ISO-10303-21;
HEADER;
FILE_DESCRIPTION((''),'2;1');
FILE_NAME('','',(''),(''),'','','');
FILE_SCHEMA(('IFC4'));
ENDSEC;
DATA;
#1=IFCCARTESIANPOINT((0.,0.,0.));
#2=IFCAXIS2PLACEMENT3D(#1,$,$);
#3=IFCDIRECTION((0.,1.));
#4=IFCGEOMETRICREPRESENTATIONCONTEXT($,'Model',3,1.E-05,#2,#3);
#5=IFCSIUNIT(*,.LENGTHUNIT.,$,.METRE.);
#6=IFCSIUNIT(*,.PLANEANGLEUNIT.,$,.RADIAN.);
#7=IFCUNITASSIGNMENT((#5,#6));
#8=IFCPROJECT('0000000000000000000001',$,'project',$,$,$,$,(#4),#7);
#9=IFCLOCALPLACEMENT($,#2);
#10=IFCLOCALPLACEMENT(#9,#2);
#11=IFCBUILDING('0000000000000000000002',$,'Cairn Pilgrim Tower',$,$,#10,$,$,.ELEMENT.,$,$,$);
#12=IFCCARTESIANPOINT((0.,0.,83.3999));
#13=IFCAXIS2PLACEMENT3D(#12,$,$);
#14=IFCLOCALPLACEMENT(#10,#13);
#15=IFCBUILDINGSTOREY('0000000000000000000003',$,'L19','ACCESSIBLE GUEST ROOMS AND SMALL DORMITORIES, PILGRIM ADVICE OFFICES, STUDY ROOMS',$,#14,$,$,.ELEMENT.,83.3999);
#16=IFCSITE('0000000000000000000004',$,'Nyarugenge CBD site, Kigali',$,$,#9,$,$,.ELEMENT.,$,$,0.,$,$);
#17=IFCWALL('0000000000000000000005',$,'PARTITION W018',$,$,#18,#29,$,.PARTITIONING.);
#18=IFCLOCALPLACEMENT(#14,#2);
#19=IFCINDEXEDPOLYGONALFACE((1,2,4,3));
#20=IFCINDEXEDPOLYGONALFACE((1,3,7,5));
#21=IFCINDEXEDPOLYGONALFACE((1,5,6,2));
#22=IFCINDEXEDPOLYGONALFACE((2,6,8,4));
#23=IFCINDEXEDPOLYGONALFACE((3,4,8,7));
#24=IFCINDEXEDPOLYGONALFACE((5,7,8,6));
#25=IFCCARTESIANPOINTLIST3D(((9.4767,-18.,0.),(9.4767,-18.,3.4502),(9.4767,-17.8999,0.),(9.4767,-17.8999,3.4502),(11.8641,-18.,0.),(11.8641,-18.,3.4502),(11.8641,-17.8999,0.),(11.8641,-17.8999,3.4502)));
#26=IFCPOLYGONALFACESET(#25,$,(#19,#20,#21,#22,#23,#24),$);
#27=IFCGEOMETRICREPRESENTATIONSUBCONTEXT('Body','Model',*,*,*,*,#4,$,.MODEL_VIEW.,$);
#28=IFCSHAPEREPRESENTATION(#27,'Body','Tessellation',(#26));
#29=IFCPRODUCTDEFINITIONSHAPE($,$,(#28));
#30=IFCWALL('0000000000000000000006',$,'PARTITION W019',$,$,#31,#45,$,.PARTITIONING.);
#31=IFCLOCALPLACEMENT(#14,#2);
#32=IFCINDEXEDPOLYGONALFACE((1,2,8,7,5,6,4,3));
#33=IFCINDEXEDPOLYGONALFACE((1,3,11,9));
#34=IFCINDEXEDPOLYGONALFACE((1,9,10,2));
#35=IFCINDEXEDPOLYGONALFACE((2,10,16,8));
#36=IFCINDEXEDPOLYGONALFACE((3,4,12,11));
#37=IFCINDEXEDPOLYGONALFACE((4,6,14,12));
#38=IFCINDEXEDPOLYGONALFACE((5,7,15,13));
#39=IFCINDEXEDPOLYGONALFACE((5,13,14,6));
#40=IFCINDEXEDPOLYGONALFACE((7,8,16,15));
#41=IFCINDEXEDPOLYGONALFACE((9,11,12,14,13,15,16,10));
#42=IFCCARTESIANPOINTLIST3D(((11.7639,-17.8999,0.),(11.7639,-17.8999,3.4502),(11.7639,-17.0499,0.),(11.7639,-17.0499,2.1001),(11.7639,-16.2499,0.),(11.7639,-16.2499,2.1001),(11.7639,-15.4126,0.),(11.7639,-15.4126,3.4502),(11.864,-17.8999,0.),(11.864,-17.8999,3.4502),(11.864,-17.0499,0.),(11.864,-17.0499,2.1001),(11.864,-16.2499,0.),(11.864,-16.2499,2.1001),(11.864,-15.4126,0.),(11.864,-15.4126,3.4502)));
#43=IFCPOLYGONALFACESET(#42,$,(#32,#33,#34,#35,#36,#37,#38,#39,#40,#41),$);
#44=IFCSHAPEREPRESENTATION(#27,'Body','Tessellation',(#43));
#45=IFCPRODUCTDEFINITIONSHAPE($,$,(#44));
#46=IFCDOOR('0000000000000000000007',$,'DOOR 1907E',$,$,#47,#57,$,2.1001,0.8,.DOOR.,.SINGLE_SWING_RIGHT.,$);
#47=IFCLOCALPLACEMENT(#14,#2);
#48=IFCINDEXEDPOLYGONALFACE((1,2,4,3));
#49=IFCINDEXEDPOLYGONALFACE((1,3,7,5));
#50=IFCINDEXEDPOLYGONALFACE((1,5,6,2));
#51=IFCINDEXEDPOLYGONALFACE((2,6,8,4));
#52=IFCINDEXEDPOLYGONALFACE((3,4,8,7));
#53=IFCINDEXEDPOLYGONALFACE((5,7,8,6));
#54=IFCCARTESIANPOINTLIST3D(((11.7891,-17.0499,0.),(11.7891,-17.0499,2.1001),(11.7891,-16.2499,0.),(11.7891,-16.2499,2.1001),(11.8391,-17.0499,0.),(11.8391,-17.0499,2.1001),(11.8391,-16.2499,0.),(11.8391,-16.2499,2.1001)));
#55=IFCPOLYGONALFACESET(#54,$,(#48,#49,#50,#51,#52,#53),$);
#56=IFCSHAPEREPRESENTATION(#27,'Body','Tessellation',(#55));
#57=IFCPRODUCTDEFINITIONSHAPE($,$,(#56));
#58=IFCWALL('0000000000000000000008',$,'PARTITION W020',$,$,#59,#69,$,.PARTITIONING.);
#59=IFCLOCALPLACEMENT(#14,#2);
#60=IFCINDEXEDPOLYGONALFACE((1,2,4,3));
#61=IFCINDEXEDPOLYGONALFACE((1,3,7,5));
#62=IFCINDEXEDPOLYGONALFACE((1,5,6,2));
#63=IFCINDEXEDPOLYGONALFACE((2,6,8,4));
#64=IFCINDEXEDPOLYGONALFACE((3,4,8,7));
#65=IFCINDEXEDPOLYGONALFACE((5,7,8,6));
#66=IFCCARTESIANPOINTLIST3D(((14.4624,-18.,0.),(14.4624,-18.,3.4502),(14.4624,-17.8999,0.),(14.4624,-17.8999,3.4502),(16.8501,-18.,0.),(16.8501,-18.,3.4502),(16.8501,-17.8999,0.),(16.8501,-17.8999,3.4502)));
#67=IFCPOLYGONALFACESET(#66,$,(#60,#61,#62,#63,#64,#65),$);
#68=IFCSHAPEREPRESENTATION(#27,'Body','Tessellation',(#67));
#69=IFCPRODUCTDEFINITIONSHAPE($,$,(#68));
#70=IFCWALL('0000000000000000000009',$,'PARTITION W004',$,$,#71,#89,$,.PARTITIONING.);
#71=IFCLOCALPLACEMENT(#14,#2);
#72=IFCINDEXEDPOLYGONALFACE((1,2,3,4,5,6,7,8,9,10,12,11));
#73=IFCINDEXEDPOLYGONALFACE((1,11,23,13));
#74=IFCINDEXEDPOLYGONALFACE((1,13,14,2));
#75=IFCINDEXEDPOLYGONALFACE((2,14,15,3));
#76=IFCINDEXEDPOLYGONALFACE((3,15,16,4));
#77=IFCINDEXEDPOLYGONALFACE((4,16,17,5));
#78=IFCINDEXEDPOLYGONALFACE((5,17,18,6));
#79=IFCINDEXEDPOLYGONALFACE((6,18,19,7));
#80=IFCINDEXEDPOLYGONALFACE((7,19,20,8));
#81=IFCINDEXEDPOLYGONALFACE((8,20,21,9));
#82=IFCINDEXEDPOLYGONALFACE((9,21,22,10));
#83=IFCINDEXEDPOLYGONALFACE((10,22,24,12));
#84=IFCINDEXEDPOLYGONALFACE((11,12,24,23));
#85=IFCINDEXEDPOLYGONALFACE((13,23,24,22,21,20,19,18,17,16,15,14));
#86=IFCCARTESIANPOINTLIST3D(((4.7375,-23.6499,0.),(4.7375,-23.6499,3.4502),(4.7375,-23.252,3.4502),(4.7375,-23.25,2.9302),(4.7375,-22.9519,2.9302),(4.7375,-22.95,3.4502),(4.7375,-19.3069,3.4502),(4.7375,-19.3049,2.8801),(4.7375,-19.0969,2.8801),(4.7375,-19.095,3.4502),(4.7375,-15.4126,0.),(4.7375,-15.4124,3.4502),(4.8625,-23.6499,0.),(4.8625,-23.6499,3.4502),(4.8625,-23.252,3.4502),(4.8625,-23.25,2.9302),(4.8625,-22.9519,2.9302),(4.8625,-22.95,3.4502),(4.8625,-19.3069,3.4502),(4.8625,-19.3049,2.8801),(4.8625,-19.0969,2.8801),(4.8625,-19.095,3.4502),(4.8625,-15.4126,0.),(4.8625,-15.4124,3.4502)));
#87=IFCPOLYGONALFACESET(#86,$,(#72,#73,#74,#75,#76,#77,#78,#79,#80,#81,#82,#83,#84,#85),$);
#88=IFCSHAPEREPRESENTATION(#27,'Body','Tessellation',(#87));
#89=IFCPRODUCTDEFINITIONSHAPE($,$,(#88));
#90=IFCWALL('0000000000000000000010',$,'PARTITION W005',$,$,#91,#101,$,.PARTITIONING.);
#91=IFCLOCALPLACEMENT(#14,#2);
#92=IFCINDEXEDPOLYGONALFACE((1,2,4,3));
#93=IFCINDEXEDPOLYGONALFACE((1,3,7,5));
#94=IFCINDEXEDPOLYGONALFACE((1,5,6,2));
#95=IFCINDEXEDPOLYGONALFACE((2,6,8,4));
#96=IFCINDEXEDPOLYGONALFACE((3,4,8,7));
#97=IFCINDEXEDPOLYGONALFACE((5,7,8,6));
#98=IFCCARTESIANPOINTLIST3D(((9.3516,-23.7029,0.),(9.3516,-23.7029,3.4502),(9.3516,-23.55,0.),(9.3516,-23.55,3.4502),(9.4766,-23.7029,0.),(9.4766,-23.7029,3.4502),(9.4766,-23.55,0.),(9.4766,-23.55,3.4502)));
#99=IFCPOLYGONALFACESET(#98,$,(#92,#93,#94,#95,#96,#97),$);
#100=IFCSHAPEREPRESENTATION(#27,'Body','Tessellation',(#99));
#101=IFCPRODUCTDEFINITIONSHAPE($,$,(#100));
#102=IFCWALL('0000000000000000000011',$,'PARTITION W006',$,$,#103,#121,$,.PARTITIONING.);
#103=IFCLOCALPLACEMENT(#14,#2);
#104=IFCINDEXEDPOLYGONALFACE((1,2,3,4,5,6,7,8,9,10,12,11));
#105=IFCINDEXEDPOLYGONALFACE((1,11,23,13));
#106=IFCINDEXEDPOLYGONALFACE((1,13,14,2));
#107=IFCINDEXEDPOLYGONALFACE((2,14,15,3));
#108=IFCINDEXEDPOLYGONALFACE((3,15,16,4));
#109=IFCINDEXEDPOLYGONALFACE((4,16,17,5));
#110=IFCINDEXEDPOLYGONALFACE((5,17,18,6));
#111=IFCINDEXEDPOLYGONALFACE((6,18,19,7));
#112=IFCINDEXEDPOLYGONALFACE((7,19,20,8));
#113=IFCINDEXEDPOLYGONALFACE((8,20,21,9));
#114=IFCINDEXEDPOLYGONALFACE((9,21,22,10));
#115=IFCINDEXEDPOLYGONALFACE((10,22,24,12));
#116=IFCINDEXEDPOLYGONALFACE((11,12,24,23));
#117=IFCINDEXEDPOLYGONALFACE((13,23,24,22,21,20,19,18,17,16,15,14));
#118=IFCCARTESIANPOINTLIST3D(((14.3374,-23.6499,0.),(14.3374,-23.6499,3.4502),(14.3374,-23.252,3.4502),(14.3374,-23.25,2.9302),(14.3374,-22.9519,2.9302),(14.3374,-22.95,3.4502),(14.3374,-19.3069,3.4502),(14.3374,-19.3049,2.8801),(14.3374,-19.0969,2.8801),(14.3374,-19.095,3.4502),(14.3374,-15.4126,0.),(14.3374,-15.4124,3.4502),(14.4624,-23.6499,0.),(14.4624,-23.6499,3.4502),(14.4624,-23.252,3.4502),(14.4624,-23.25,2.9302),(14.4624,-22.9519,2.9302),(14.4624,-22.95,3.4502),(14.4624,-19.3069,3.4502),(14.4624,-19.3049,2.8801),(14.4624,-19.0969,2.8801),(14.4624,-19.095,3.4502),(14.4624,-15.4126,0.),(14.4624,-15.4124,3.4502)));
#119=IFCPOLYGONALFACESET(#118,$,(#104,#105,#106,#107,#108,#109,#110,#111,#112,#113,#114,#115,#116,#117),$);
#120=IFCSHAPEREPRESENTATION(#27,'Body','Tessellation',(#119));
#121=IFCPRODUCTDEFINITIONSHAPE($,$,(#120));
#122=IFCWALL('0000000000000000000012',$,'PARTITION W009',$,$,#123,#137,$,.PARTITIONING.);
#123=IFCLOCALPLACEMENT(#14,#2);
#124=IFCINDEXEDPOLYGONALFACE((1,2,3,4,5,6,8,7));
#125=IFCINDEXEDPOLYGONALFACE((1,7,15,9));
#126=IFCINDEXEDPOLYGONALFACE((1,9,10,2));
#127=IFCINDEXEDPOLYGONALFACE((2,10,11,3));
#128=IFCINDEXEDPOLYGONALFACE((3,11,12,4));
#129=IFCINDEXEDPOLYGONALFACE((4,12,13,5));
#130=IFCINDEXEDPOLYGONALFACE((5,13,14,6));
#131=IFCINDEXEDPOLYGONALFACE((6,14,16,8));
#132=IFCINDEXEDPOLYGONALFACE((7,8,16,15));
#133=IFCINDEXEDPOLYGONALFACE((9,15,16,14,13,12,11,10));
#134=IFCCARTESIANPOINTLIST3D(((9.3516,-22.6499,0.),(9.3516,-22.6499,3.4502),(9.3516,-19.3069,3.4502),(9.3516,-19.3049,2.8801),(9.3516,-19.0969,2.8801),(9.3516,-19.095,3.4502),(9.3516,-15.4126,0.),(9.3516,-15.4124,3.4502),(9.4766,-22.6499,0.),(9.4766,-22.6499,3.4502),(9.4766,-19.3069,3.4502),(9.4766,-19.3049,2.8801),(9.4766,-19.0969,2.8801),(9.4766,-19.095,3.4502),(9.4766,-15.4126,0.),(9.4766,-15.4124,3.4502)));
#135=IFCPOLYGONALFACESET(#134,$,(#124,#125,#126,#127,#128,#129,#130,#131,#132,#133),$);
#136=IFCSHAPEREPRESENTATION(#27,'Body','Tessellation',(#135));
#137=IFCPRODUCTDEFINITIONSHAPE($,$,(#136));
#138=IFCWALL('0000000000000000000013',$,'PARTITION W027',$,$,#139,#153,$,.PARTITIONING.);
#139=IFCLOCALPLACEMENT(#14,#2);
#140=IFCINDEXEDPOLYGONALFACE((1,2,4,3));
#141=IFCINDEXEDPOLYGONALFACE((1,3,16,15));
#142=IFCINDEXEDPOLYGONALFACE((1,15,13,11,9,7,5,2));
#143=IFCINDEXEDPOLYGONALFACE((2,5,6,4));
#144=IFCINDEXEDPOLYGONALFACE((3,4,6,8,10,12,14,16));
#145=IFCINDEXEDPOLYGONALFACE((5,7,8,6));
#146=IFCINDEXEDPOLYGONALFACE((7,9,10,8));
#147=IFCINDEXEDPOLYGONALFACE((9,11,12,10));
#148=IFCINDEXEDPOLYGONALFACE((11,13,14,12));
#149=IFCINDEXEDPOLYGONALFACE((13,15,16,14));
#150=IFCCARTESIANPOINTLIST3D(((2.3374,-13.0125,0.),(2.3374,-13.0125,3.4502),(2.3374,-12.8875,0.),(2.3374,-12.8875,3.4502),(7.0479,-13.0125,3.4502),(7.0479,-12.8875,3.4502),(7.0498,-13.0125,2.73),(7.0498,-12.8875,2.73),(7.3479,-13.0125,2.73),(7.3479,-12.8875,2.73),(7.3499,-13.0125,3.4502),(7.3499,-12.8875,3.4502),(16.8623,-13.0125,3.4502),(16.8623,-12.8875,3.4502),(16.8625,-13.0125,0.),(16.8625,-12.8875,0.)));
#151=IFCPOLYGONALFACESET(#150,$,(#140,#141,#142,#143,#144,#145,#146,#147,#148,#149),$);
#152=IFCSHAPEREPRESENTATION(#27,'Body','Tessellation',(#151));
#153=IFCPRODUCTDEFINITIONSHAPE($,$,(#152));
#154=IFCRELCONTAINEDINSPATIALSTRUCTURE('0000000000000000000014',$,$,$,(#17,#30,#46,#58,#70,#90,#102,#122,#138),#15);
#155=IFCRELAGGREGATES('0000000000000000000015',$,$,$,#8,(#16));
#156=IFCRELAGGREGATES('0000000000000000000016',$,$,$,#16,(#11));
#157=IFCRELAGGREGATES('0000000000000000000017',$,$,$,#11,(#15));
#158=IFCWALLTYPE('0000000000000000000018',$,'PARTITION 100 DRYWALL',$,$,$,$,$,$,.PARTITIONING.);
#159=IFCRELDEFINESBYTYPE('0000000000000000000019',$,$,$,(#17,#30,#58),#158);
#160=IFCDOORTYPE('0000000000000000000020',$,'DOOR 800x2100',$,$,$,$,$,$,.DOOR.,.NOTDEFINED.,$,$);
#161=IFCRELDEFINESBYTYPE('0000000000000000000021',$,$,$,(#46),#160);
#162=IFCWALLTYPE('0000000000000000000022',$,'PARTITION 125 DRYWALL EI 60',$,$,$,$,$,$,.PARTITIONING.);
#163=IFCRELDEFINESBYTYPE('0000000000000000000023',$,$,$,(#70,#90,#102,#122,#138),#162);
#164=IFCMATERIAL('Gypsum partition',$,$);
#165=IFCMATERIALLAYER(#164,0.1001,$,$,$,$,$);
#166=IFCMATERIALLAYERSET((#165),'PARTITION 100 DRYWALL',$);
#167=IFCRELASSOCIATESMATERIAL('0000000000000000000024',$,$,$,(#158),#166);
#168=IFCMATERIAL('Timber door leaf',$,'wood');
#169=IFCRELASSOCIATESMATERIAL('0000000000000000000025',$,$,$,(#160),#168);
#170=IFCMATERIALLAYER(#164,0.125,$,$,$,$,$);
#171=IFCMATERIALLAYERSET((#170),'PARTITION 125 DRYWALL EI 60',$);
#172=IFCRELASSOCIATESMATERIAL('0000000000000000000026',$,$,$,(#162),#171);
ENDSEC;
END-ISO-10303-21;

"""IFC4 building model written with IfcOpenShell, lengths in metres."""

from ifc_helpers import new_model, si_unit, direction, frame, frame_2d, origin, place, context, subcontext, project, spatial, polyline, rectangle, outline, extrude, material, layer, layer_set, type_object, element, fill, save


model = new_model("IFC4")

# Units and contexts
model_context = context("Model", 3, precision=1e-05, world=origin(), true_north=direction((0.0, 1.0)))
body_context = subcontext(model_context, "Body", "Model", "MODEL_VIEW")
ifc_project = project(units=[si_unit("LENGTHUNIT", "METRE"), si_unit("PLANEANGLEUNIT", "RADIAN")], contexts=[model_context])

# Site, building, storey
site_placement = place(None, origin())
site = spatial("IfcSite", under=ifc_project, at=site_placement, Name="Nyarugenge CBD site, Kigali", CompositionType="ELEMENT", RefElevation=0.0)
building_placement = place(site_placement, origin())
building = spatial("IfcBuilding", under=site, at=building_placement, Name="Cairn Pilgrim Tower", CompositionType="ELEMENT")
storey_placement = place(building_placement, frame((0.0, 0.0, 83.3999)))
storey = spatial("IfcBuildingStorey", under=building, at=storey_placement, Name="L19", Description="ACCESSIBLE GUEST ROOMS AND SMALL DORMITORIES, PILGRIM ADVICE OFFICES, STUDY ROOMS", CompositionType="ELEMENT", Elevation=83.3999)

# Shared definitions
ifc_material_1 = material(Name="Gypsum partition")
ifc_layer_1 = layer(ifc_material_1, 0.1001)
ifc_layer_set_1 = layer_set([ifc_layer_1], Name="PARTITION 100 DRYWALL")
wall_type_1 = type_object("IfcWallType", Name="PARTITION 100 DRYWALL", PredefinedType="PARTITIONING", material=ifc_layer_set_1)

# Shared definitions
ifc_material_2 = material(Name="Timber door leaf", Category="wood")
door_type_1 = type_object("IfcDoorType", Name="DOOR 800x2100", OperationType="NOTDEFINED", PredefinedType="DOOR", material=ifc_material_2)

# Wall
wall_1_placement = place(storey_placement, frame((9.4766, -17.95, 0.0), z_axis=(0.0, 0.0, 1.0), x_axis=(1.0, 0.0, 0.0)))
element("IfcWall", 1, at=wall_1_placement, inside=storey, type_object=wall_type_1, Name="PARTITION W018", PredefinedType="PARTITIONING", context=body_context, shape_type="SweptSolid", body=[
    extrude(rectangle(XDim=2.3875, YDim=0.1001, at=frame_2d((1.1938, 0.0))), origin(), (0.0, 0.0, 1.0), 3.4502),
])

# Wall, opening, door
wall_2_placement = place(storey_placement, frame((11.814, -17.8999, 0.0), z_axis=(0.0, 0.0, 1.0), x_axis=(0.0, 1.0, 0.0)))
wall_2 = element("IfcWall", 2, at=wall_2_placement, inside=storey, type_object=wall_type_1, Name="PARTITION W019", PredefinedType="PARTITIONING", context=body_context, shape_type="SweptSolid", body=[
    extrude(rectangle(XDim=2.4873, YDim=0.1001, at=frame_2d((1.2437, 0.0))), origin(), (0.0, 0.0, 1.0), 3.4502),
])
opening_1_placement = place(wall_2_placement, frame((0.8501, 0.0, 0.0)))
opening_1 = element("IfcOpeningElement", 3, at=opening_1_placement, cuts=wall_2, PredefinedType="OPENING", context=body_context, shape_type="SweptSolid", body=[
    extrude(rectangle(XDim=0.8, YDim=2.1001, at=frame_2d((0.3999, 1.05))), frame((0.0, 0.0601, 0.0), z_axis=(0.0, -1.0, 0.0), x_axis=(1.0, 0.0, 0.0)), (0.0, 0.0, 1.0), 0.1201),
])
door_1_placement = place(opening_1_placement, origin())
door_1 = element("IfcDoor", 4, at=door_1_placement, inside=storey, type_object=door_type_1, Name="DOOR 1907E", OperationType="SINGLE_SWING_RIGHT", OverallHeight=2.1001, OverallWidth=0.8, PredefinedType="DOOR", context=body_context, shape_type="SweptSolid", body=[
    extrude(rectangle(XDim=0.8, YDim=2.1001, at=frame_2d((0.3999, 1.05))), frame((0.0, 0.0249, 0.0), z_axis=(0.0, -1.0, 0.0), x_axis=(1.0, 0.0, 0.0)), (0.0, 0.0, 1.0), 0.05),
])
fill(opening_1, door_1)

# Walls
wall_3_placement = place(storey_placement, frame((14.4624, -17.95, 0.0), z_axis=(0.0, 0.0, 1.0), x_axis=(1.0, 0.0, 0.0)))
element("IfcWall", 5, at=wall_3_placement, inside=storey, type_object=wall_type_1, Name="PARTITION W020", PredefinedType="PARTITIONING", context=body_context, shape_type="SweptSolid", body=[
    extrude(rectangle(XDim=2.3877, YDim=0.1001, at=frame_2d((1.1938, 0.0))), origin(), (0.0, 0.0, 1.0), 3.4502),
])
ifc_layer_2 = layer(ifc_material_1, 0.125)
ifc_layer_set_2 = layer_set([ifc_layer_2], Name="PARTITION 125 DRYWALL EI 60")
wall_type_2 = type_object("IfcWallType", Name="PARTITION 125 DRYWALL EI 60", PredefinedType="PARTITIONING", material=ifc_layer_set_2)
wall_4_placement = place(storey_placement, frame((4.8, -23.6499, 0.0), z_axis=(0.0, 0.0, 1.0), x_axis=(0.0, 1.0, 0.0)))
element("IfcWall", 6, at=wall_4_placement, inside=storey, type_object=wall_type_2, Name="PARTITION W004", PredefinedType="PARTITIONING", context=body_context, shape_type="SweptSolid", body=[
    extrude(outline(polyline([(0.0, 0.0), (8.2373, 0.0), (8.2375, 3.4502), (4.5549, 3.4502), (4.553, 2.8801), (4.345, 2.8801), (4.343, 3.4502), (0.7, 3.4502), (0.698, 2.9302), (0.3999, 2.9302), (0.3979, 3.4502), (0.0, 3.4502), (0.0, 0.0)])), frame((0.0, 0.0625, 0.0), z_axis=(0.0, -1.0, 0.0), x_axis=(1.0, 0.0, 0.0)), (0.0, 0.0, 1.0), 0.125),
])
wall_5_placement = place(storey_placement, frame((9.4141, -23.7029, 0.0), z_axis=(0.0, 0.0, 1.0), x_axis=(0.0, 1.0, 0.0)))
element("IfcWall", 7, at=wall_5_placement, inside=storey, type_object=wall_type_2, Name="PARTITION W005", PredefinedType="PARTITIONING", context=body_context, shape_type="SweptSolid", body=[
    extrude(rectangle(XDim=0.1528, YDim=0.125, at=frame_2d((0.0764, 0.0))), origin(), (0.0, 0.0, 1.0), 3.4502),
])
wall_6_placement = place(storey_placement, frame((14.3999, -23.6499, 0.0), z_axis=(0.0, 0.0, 1.0), x_axis=(0.0, 1.0, 0.0)))
element("IfcWall", 8, at=wall_6_placement, inside=storey, type_object=wall_type_2, Name="PARTITION W006", PredefinedType="PARTITIONING", context=body_context, shape_type="SweptSolid", body=[
    extrude(outline(polyline([(0.0, 0.0), (8.2373, 0.0), (8.2375, 3.4502), (4.5549, 3.4502), (4.553, 2.8801), (4.345, 2.8801), (4.343, 3.4502), (0.7, 3.4502), (0.698, 2.9302), (0.3999, 2.9302), (0.3979, 3.4502), (0.0, 3.4502), (0.0, 0.0)])), frame((0.0, 0.0625, 0.0), z_axis=(0.0, -1.0, 0.0), x_axis=(1.0, 0.0, 0.0)), (0.0, 0.0, 1.0), 0.125),
])
wall_7_placement = place(storey_placement, frame((9.4141, -22.6499, 0.0), z_axis=(0.0, 0.0, 1.0), x_axis=(0.0, 1.0, 0.0)))
element("IfcWall", 9, at=wall_7_placement, inside=storey, type_object=wall_type_2, Name="PARTITION W009", PredefinedType="PARTITIONING", context=body_context, shape_type="SweptSolid", body=[
    extrude(outline(polyline([(0.0, 0.0), (7.2373, 0.0), (7.2375, 3.4502), (3.5549, 3.4502), (3.553, 2.8801), (3.345, 2.8801), (3.343, 3.4502), (0.0, 3.4502), (0.0, 0.0)])), frame((0.0, 0.0625, 0.0), z_axis=(0.0, -1.0, 0.0), x_axis=(1.0, 0.0, 0.0)), (0.0, 0.0, 1.0), 0.125),
])
wall_8_placement = place(storey_placement, frame((2.3374, -12.95, 0.0), z_axis=(0.0, 0.0, 1.0), x_axis=(1.0, 0.0, 0.0)))
element("IfcWall", 10, at=wall_8_placement, inside=storey, type_object=wall_type_2, Name="PARTITION W027", PredefinedType="PARTITIONING", context=body_context, shape_type="SweptSolid", body=[
    extrude(outline(polyline([(0.0, 0.0), (14.5251, 0.0), (14.5249, 3.4502), (5.0125, 3.4502), (5.0105, 2.73), (4.7124, 2.73), (4.7104, 3.4502), (0.0, 3.4502), (0.0, 0.0)])), frame((0.0, 0.0625, 0.0), z_axis=(0.0, -1.0, 0.0), x_axis=(1.0, 0.0, 0.0)), (0.0, 0.0, 1.0), 0.125),
])

save(model, "model.ifc")
